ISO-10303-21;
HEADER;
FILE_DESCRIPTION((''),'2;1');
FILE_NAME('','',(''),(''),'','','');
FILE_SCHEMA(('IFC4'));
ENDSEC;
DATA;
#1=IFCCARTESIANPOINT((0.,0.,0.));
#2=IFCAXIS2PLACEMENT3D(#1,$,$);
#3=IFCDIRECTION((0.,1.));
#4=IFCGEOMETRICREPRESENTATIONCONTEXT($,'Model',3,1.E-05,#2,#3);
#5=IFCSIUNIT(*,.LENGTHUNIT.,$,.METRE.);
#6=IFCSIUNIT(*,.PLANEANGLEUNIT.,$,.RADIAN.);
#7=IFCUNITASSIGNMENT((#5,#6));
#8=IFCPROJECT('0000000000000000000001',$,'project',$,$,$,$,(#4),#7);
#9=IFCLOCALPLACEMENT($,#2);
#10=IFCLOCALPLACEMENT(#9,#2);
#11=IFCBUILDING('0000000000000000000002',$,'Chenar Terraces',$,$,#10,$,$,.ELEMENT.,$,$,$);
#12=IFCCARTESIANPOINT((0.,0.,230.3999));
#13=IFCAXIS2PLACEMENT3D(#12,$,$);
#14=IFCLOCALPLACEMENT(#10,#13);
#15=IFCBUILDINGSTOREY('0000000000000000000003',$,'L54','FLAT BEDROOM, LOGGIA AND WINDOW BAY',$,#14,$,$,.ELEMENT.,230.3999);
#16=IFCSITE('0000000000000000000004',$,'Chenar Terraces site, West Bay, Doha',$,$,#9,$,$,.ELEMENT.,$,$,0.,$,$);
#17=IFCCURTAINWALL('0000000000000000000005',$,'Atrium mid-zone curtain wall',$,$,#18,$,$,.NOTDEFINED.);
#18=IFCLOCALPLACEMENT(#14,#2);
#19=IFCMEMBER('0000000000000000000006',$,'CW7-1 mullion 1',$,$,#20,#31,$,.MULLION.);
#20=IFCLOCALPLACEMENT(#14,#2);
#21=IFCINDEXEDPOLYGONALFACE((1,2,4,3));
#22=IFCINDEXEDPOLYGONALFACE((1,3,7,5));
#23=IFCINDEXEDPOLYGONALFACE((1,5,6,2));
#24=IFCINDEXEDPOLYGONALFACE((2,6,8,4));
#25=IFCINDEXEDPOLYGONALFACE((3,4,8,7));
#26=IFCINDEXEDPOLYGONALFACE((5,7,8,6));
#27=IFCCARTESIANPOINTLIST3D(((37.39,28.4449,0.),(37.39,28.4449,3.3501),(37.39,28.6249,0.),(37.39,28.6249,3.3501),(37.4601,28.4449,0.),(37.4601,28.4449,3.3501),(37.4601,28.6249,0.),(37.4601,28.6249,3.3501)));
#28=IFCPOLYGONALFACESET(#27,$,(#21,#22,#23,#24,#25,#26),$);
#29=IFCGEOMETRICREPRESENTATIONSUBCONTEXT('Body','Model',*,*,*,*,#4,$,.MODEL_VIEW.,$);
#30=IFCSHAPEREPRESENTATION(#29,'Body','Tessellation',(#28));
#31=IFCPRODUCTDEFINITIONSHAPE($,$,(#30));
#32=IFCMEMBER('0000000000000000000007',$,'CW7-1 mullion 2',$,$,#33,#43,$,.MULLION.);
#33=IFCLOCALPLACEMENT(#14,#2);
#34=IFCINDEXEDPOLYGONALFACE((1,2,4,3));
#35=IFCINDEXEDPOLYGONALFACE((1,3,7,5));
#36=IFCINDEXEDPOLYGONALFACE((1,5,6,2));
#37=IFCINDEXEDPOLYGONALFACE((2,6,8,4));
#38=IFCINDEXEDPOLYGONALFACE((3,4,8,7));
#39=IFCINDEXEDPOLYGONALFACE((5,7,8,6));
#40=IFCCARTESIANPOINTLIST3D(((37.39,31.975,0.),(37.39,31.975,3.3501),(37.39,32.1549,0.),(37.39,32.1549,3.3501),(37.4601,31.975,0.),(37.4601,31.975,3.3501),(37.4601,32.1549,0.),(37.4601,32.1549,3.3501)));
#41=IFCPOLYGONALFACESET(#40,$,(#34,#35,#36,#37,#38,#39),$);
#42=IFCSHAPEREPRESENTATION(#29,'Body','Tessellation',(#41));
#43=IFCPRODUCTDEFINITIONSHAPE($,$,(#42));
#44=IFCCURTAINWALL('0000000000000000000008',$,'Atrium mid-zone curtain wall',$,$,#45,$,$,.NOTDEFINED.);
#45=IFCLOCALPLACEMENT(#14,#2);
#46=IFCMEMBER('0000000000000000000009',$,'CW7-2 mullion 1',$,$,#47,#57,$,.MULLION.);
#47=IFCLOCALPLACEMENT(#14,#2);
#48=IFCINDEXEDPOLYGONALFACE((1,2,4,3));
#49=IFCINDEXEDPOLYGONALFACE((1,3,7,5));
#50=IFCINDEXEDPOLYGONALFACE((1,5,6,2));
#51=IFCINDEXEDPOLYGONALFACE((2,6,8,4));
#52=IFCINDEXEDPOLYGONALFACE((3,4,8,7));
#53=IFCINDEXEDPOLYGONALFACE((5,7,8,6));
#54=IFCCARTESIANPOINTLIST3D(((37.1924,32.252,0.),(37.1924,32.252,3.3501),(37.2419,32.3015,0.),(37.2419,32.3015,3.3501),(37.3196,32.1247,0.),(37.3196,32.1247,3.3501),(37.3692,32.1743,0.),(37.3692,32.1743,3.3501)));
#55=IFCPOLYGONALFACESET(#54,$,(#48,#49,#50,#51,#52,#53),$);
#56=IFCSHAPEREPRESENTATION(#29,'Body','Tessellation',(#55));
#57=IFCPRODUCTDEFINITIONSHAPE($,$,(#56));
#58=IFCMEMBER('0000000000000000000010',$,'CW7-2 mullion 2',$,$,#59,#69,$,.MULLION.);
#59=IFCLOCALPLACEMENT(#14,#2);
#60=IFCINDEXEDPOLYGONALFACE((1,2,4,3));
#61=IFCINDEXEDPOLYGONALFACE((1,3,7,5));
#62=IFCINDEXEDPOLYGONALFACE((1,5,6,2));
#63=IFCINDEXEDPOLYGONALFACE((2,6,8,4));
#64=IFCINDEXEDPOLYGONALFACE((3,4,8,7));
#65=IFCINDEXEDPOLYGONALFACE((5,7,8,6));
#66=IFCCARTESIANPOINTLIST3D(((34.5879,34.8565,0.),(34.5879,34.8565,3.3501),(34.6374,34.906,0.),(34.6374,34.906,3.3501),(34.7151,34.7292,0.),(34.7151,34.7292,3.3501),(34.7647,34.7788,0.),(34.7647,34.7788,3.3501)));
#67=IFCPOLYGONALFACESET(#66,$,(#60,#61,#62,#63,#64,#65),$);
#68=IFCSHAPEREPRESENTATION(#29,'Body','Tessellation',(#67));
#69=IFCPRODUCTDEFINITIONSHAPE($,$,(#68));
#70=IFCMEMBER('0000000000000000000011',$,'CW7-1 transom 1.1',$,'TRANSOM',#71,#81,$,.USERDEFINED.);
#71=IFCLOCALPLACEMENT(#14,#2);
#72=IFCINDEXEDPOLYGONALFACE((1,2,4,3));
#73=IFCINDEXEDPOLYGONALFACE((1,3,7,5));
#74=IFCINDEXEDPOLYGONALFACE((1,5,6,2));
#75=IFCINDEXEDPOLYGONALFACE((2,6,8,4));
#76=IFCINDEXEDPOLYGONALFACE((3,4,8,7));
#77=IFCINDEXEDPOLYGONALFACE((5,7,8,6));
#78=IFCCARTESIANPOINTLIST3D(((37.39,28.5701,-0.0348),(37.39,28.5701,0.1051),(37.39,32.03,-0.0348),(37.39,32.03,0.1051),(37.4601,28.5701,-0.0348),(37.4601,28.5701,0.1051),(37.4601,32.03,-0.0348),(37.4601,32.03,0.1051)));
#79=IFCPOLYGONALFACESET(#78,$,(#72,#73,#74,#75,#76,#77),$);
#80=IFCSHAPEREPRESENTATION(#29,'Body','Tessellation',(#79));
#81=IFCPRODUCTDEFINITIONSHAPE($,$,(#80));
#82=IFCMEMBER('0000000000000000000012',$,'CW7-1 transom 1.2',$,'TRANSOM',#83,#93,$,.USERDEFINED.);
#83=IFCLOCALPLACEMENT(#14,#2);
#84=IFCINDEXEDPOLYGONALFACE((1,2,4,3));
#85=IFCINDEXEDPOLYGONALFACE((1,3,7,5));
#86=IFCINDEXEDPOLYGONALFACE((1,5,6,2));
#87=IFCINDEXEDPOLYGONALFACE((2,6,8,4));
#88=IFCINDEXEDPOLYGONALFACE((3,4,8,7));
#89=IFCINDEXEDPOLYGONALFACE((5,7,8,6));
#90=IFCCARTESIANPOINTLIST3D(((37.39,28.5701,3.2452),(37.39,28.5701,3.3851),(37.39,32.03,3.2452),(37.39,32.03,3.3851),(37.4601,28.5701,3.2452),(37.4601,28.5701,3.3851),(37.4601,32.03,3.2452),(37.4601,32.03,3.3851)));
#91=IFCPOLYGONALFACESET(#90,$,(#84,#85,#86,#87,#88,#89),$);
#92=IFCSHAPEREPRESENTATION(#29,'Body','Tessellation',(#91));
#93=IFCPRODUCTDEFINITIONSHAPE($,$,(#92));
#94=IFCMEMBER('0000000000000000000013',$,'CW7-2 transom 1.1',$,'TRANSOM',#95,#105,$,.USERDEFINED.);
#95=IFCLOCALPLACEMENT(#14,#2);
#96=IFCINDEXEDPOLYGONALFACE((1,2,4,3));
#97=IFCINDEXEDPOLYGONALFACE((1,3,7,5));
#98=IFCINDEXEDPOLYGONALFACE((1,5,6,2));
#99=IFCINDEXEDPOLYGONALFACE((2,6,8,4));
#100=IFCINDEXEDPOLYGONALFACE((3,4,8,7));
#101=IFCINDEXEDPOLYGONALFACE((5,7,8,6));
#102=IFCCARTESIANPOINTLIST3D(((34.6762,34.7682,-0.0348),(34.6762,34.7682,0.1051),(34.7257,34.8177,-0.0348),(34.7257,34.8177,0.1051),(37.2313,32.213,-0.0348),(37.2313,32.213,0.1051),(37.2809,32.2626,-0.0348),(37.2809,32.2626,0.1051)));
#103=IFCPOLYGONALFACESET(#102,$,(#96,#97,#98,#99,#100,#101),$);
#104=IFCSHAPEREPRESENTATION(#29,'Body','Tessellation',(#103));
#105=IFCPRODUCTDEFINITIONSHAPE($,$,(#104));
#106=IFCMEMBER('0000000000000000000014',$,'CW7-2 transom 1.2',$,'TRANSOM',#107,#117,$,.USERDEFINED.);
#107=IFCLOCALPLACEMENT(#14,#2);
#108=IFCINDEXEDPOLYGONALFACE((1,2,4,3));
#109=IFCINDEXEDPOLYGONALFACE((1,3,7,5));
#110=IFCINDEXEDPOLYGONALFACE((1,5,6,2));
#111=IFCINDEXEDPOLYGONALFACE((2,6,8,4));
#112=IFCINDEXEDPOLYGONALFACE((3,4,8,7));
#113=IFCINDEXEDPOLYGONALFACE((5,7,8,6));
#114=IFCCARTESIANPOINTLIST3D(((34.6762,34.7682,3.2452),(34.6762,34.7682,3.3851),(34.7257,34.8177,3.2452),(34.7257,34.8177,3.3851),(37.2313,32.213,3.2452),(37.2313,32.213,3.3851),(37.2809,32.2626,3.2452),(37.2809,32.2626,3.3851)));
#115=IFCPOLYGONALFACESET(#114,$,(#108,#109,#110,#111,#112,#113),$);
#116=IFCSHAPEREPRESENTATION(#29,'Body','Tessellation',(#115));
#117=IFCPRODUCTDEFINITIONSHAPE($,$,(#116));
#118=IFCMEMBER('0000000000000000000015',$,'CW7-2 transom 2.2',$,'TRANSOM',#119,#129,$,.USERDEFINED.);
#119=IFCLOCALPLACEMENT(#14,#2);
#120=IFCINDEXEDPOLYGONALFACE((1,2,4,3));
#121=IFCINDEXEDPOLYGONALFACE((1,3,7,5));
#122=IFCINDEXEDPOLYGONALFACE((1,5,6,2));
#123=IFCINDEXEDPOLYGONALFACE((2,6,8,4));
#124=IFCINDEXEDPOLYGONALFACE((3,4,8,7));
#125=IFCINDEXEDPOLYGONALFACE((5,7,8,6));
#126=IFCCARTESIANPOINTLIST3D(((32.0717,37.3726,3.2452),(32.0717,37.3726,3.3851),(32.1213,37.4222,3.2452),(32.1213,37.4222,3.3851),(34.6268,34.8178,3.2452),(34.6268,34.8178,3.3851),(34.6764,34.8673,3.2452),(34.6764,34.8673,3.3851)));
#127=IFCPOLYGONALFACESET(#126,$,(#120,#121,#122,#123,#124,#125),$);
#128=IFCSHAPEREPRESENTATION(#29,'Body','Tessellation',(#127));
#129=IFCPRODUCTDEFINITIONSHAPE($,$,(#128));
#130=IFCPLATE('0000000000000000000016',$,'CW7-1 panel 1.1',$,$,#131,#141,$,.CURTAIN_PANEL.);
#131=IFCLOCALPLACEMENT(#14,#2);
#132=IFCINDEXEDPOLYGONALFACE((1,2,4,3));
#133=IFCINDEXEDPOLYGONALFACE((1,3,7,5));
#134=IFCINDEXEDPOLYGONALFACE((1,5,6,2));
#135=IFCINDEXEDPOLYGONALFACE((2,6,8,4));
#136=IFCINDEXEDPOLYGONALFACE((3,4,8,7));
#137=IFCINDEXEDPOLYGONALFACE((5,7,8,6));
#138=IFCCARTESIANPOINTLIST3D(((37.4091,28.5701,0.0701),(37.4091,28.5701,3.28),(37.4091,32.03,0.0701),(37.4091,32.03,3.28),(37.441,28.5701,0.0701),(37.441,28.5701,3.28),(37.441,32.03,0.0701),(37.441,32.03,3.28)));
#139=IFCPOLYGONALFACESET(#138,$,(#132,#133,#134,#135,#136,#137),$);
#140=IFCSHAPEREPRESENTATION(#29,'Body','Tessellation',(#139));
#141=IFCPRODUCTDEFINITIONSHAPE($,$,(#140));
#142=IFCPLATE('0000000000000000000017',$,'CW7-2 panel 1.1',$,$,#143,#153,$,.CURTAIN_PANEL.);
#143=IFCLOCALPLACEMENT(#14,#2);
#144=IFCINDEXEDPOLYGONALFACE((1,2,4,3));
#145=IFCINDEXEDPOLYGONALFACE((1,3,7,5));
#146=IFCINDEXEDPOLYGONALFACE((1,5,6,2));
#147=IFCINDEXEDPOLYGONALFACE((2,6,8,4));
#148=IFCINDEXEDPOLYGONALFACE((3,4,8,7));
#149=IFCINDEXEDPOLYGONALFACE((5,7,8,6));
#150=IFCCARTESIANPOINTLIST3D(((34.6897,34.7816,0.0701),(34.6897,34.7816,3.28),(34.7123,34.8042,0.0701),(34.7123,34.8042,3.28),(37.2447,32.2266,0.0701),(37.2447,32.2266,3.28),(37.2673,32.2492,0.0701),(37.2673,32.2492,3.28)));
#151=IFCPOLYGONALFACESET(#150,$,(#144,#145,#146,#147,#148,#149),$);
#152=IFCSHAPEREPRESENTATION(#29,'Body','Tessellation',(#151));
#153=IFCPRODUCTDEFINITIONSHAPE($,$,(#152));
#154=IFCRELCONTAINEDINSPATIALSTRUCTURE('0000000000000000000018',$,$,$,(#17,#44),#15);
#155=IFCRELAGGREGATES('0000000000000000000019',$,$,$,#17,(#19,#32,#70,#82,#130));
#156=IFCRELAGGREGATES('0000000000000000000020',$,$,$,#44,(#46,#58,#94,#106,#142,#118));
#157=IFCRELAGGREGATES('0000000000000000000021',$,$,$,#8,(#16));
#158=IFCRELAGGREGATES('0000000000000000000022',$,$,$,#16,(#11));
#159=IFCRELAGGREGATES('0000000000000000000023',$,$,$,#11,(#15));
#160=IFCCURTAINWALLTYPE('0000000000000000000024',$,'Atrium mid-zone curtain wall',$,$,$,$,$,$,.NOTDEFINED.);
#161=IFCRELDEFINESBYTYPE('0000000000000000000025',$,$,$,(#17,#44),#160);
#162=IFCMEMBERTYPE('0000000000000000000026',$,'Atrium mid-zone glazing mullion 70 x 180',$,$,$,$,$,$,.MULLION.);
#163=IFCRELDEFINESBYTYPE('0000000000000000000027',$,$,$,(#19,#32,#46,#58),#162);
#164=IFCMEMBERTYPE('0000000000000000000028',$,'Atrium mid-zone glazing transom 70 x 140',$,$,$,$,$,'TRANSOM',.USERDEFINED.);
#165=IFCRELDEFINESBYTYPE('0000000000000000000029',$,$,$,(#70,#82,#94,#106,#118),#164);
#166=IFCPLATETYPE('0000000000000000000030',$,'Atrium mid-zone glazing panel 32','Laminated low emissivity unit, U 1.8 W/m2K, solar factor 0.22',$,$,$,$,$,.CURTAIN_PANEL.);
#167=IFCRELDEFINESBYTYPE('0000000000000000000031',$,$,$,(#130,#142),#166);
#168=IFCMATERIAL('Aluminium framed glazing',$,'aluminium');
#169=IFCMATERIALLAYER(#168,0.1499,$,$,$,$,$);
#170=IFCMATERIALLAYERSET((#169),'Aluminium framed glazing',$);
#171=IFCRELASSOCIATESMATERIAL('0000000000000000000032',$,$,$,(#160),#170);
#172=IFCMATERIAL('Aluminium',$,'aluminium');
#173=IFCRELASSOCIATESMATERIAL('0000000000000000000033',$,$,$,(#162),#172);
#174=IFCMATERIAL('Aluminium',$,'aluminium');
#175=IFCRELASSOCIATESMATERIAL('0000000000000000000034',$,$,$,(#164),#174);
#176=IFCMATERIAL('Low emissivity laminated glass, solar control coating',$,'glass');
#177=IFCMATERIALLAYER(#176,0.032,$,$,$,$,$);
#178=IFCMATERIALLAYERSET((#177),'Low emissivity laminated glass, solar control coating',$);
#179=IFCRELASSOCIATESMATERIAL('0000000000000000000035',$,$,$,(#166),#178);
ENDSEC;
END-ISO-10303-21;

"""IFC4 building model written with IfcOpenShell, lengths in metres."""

from ifc_helpers import new_model, si_unit, direction, frame, origin, origin_2d, place, context, subcontext, project, spatial, rectangle, extrude, material, layer, layer_set, material_profile, profile_set, type_object, element, aggregate, save


model = new_model("IFC4")

# Units and contexts
model_context = context("Model", 3, precision=1e-05, world=origin(), true_north=direction((0.0, 1.0)))
body_context = subcontext(model_context, "Body", "Model", "MODEL_VIEW")
ifc_project = project(units=[si_unit("LENGTHUNIT", "METRE"), si_unit("PLANEANGLEUNIT", "RADIAN")], contexts=[model_context])

# Site, building, storey
site_placement = place(None, origin())
site = spatial("IfcSite", under=ifc_project, at=site_placement, Name="Chenar Terraces site, West Bay, Doha", CompositionType="ELEMENT", RefElevation=0.0)
building_placement = place(site_placement, origin())
building = spatial("IfcBuilding", under=site, at=building_placement, Name="Chenar Terraces", CompositionType="ELEMENT")
storey_placement = place(building_placement, frame((0.0, 0.0, 230.3999)))
storey = spatial("IfcBuildingStorey", under=building, at=storey_placement, Name="L54", Description="FLAT BEDROOM, LOGGIA AND WINDOW BAY", CompositionType="ELEMENT", Elevation=230.3999)

# Curtain walls, members
ifc_material_1 = material(Name="Aluminium framed glazing", Category="aluminium")
ifc_layer_1 = layer(ifc_material_1, 0.1499)
ifc_layer_set_1 = layer_set([ifc_layer_1], Name="Aluminium framed glazing")
curtain_wall_type = type_object("IfcCurtainWallType", Name="Atrium mid-zone curtain wall", PredefinedType="NOTDEFINED", material=ifc_layer_set_1)
placement = place(storey_placement, origin())
curtain_wall_1 = element("IfcCurtainWall", 1, at=placement, inside=storey, type_object=curtain_wall_type, Name="Atrium mid-zone curtain wall", PredefinedType="NOTDEFINED")
ifc_material_2 = material(Name="Aluminium", Category="aluminium")
ifc_material_profile_1 = material_profile(ifc_material_2, rectangle(XDim=0.0701, YDim=0.1799, at=origin_2d()), Name="Atrium mid-zone glazing mullion 70 x 180")
ifc_profile_set_1 = profile_set([ifc_material_profile_1], Name="Aluminium")
member_type_1 = type_object("IfcMemberType", Name="Atrium mid-zone glazing mullion 70 x 180", PredefinedType="MULLION", material=ifc_profile_set_1)
member_1_placement = place(storey_placement, frame((37.425, 28.5349, 0.0), z_axis=(0.0, 0.0, 1.0), x_axis=(-1.0, 0.0, 0.0)))
member_1 = element("IfcMember", 2, at=member_1_placement, type_object=member_type_1, Name="CW7-1 mullion 1", PredefinedType="MULLION", context=body_context, shape_type="SweptSolid", body=[
    extrude(rectangle(XDim=0.0701, YDim=0.1799, at=origin_2d()), origin(), (0.0, 0.0, 1.0), 3.3501),
])
member_2_placement = place(storey_placement, frame((37.425, 32.0649, 0.0), z_axis=(0.0, 0.0, 1.0), x_axis=(-1.0, 0.0, 0.0)))
member_2 = element("IfcMember", 3, at=member_2_placement, type_object=member_type_1, Name="CW7-1 mullion 2", PredefinedType="MULLION", context=body_context, shape_type="SweptSolid", body=[
    extrude(rectangle(XDim=0.0701, YDim=0.1799, at=origin_2d()), origin(), (0.0, 0.0, 1.0), 3.3501),
])
curtain_wall_2 = element("IfcCurtainWall", 4, at=placement, inside=storey, type_object=curtain_wall_type, Name="Atrium mid-zone curtain wall", PredefinedType="NOTDEFINED")
member_3_placement = place(storey_placement, frame((37.2808, 32.2131, 0.0), z_axis=(0.0, 0.0, 1.0), x_axis=(-0.707107, -0.707107, 0.0)))
member_3 = element("IfcMember", 5, at=member_3_placement, type_object=member_type_1, Name="CW7-2 mullion 1", PredefinedType="MULLION", context=body_context, shape_type="SweptSolid", body=[
    extrude(rectangle(XDim=0.0701, YDim=0.1799, at=origin_2d()), origin(), (0.0, 0.0, 1.0), 3.3501),
])
member_4_placement = place(storey_placement, frame((34.6763, 34.8176, 0.0), z_axis=(0.0, 0.0, 1.0), x_axis=(-0.707107, -0.707107, 0.0)))
member_4 = element("IfcMember", 6, at=member_4_placement, type_object=member_type_1, Name="CW7-2 mullion 2", PredefinedType="MULLION", context=body_context, shape_type="SweptSolid", body=[
    extrude(rectangle(XDim=0.0701, YDim=0.1799, at=origin_2d()), origin(), (0.0, 0.0, 1.0), 3.3501),
])

# Members
ifc_material_3 = material(Name="Aluminium", Category="aluminium")
ifc_material_profile_2 = material_profile(ifc_material_3, rectangle(XDim=0.0701, YDim=0.1399, at=origin_2d()), Name="Atrium mid-zone glazing transom 70 x 140")
ifc_profile_set_2 = profile_set([ifc_material_profile_2], Name="Aluminium")
member_type_2 = type_object("IfcMemberType", Name="Atrium mid-zone glazing transom 70 x 140", ElementType="TRANSOM", PredefinedType="USERDEFINED", material=ifc_profile_set_2)
member_5_placement = place(storey_placement, frame((37.425, 28.5701, 0.0352), z_axis=(0.0, 1.0, 0.0), x_axis=(-1.0, 0.0, 0.0)))
member_5 = element("IfcMember", 7, at=member_5_placement, type_object=member_type_2, Name="CW7-1 transom 1.1", ObjectType="TRANSOM", PredefinedType="USERDEFINED", context=body_context, shape_type="SweptSolid", body=[
    extrude(rectangle(XDim=0.0701, YDim=0.1399, at=origin_2d()), origin(), (0.0, 0.0, 1.0), 3.46),
])
member_6_placement = place(storey_placement, frame((37.425, 28.5701, 3.3152), z_axis=(0.0, 1.0, 0.0), x_axis=(-1.0, 0.0, 0.0)))
member_6 = element("IfcMember", 8, at=member_6_placement, type_object=member_type_2, Name="CW7-1 transom 1.2", ObjectType="TRANSOM", PredefinedType="USERDEFINED", context=body_context, shape_type="SweptSolid", body=[
    extrude(rectangle(XDim=0.0701, YDim=0.1399, at=origin_2d()), origin(), (0.0, 0.0, 1.0), 3.46),
])
member_7_placement = place(storey_placement, frame((37.2561, 32.2378, 0.0352), z_axis=(-0.707107, 0.707107, 0.0), x_axis=(-0.707107, -0.707107, 0.0)))
member_7 = element("IfcMember", 9, at=member_7_placement, type_object=member_type_2, Name="CW7-2 transom 1.1", ObjectType="TRANSOM", PredefinedType="USERDEFINED", context=body_context, shape_type="SweptSolid", body=[
    extrude(rectangle(XDim=0.0701, YDim=0.1399, at=origin_2d()), origin(), (0.0, 0.0, 1.0), 3.6135),
])
member_8_placement = place(storey_placement, frame((37.2561, 32.2378, 3.3152), z_axis=(-0.707107, 0.707107, 0.0), x_axis=(-0.707107, -0.707107, 0.0)))
member_8 = element("IfcMember", 10, at=member_8_placement, type_object=member_type_2, Name="CW7-2 transom 1.2", ObjectType="TRANSOM", PredefinedType="USERDEFINED", context=body_context, shape_type="SweptSolid", body=[
    extrude(rectangle(XDim=0.0701, YDim=0.1399, at=origin_2d()), origin(), (0.0, 0.0, 1.0), 3.6135),
])
member_9_placement = place(storey_placement, frame((34.6516, 34.8425, 3.3152), z_axis=(-0.707141, 0.707073, 0.0), x_axis=(-0.707073, -0.707141, 0.0)))
member_9 = element("IfcMember", 11, at=member_9_placement, type_object=member_type_2, Name="CW7-2 transom 2.2", ObjectType="TRANSOM", PredefinedType="USERDEFINED", context=body_context, shape_type="SweptSolid", body=[
    extrude(rectangle(XDim=0.0701, YDim=0.1399, at=origin_2d()), origin(), (0.0, 0.0, 1.0), 3.6133),
])

# Plates
ifc_material_4 = material(Name="Low emissivity laminated glass, solar control coating", Category="glass")
ifc_layer_2 = layer(ifc_material_4, 0.032)
ifc_layer_set_2 = layer_set([ifc_layer_2], Name="Low emissivity laminated glass, solar control coating")
plate_type = type_object("IfcPlateType", Name="Atrium mid-zone glazing panel 32", Description="Laminated low emissivity unit, U 1.8 W/m2K, solar factor 0.22", PredefinedType="CURTAIN_PANEL", material=ifc_layer_set_2)
plate_1_placement = place(storey_placement, frame((37.425, 30.3, 0.0701), z_axis=(0.0, 0.0, 1.0), x_axis=(0.0, 1.0, 0.0)))
plate_1 = element("IfcPlate", 12, at=plate_1_placement, type_object=plate_type, Name="CW7-1 panel 1.1", PredefinedType="CURTAIN_PANEL", context=body_context, shape_type="SweptSolid", body=[
    extrude(rectangle(XDim=3.46, YDim=0.032, at=origin_2d()), origin(), (0.0, 0.0, 1.0), 3.21),
])
aggregate(curtain_wall_1, [member_1, member_2, member_5, member_6, plate_1])
plate_2_placement = place(storey_placement, frame((35.9785, 33.5154, 0.0701), z_axis=(0.0, 0.0, 1.0), x_axis=(-0.707107, 0.707107, 0.0)))
plate_2 = element("IfcPlate", 13, at=plate_2_placement, type_object=plate_type, Name="CW7-2 panel 1.1", PredefinedType="CURTAIN_PANEL", context=body_context, shape_type="SweptSolid", body=[
    extrude(rectangle(XDim=3.6133, YDim=0.032, at=origin_2d()), origin(), (0.0, 0.0, 1.0), 3.21),
])
aggregate(curtain_wall_2, [member_3, member_4, member_7, member_8, plate_2, member_9])

save(model, "model.ifc")
